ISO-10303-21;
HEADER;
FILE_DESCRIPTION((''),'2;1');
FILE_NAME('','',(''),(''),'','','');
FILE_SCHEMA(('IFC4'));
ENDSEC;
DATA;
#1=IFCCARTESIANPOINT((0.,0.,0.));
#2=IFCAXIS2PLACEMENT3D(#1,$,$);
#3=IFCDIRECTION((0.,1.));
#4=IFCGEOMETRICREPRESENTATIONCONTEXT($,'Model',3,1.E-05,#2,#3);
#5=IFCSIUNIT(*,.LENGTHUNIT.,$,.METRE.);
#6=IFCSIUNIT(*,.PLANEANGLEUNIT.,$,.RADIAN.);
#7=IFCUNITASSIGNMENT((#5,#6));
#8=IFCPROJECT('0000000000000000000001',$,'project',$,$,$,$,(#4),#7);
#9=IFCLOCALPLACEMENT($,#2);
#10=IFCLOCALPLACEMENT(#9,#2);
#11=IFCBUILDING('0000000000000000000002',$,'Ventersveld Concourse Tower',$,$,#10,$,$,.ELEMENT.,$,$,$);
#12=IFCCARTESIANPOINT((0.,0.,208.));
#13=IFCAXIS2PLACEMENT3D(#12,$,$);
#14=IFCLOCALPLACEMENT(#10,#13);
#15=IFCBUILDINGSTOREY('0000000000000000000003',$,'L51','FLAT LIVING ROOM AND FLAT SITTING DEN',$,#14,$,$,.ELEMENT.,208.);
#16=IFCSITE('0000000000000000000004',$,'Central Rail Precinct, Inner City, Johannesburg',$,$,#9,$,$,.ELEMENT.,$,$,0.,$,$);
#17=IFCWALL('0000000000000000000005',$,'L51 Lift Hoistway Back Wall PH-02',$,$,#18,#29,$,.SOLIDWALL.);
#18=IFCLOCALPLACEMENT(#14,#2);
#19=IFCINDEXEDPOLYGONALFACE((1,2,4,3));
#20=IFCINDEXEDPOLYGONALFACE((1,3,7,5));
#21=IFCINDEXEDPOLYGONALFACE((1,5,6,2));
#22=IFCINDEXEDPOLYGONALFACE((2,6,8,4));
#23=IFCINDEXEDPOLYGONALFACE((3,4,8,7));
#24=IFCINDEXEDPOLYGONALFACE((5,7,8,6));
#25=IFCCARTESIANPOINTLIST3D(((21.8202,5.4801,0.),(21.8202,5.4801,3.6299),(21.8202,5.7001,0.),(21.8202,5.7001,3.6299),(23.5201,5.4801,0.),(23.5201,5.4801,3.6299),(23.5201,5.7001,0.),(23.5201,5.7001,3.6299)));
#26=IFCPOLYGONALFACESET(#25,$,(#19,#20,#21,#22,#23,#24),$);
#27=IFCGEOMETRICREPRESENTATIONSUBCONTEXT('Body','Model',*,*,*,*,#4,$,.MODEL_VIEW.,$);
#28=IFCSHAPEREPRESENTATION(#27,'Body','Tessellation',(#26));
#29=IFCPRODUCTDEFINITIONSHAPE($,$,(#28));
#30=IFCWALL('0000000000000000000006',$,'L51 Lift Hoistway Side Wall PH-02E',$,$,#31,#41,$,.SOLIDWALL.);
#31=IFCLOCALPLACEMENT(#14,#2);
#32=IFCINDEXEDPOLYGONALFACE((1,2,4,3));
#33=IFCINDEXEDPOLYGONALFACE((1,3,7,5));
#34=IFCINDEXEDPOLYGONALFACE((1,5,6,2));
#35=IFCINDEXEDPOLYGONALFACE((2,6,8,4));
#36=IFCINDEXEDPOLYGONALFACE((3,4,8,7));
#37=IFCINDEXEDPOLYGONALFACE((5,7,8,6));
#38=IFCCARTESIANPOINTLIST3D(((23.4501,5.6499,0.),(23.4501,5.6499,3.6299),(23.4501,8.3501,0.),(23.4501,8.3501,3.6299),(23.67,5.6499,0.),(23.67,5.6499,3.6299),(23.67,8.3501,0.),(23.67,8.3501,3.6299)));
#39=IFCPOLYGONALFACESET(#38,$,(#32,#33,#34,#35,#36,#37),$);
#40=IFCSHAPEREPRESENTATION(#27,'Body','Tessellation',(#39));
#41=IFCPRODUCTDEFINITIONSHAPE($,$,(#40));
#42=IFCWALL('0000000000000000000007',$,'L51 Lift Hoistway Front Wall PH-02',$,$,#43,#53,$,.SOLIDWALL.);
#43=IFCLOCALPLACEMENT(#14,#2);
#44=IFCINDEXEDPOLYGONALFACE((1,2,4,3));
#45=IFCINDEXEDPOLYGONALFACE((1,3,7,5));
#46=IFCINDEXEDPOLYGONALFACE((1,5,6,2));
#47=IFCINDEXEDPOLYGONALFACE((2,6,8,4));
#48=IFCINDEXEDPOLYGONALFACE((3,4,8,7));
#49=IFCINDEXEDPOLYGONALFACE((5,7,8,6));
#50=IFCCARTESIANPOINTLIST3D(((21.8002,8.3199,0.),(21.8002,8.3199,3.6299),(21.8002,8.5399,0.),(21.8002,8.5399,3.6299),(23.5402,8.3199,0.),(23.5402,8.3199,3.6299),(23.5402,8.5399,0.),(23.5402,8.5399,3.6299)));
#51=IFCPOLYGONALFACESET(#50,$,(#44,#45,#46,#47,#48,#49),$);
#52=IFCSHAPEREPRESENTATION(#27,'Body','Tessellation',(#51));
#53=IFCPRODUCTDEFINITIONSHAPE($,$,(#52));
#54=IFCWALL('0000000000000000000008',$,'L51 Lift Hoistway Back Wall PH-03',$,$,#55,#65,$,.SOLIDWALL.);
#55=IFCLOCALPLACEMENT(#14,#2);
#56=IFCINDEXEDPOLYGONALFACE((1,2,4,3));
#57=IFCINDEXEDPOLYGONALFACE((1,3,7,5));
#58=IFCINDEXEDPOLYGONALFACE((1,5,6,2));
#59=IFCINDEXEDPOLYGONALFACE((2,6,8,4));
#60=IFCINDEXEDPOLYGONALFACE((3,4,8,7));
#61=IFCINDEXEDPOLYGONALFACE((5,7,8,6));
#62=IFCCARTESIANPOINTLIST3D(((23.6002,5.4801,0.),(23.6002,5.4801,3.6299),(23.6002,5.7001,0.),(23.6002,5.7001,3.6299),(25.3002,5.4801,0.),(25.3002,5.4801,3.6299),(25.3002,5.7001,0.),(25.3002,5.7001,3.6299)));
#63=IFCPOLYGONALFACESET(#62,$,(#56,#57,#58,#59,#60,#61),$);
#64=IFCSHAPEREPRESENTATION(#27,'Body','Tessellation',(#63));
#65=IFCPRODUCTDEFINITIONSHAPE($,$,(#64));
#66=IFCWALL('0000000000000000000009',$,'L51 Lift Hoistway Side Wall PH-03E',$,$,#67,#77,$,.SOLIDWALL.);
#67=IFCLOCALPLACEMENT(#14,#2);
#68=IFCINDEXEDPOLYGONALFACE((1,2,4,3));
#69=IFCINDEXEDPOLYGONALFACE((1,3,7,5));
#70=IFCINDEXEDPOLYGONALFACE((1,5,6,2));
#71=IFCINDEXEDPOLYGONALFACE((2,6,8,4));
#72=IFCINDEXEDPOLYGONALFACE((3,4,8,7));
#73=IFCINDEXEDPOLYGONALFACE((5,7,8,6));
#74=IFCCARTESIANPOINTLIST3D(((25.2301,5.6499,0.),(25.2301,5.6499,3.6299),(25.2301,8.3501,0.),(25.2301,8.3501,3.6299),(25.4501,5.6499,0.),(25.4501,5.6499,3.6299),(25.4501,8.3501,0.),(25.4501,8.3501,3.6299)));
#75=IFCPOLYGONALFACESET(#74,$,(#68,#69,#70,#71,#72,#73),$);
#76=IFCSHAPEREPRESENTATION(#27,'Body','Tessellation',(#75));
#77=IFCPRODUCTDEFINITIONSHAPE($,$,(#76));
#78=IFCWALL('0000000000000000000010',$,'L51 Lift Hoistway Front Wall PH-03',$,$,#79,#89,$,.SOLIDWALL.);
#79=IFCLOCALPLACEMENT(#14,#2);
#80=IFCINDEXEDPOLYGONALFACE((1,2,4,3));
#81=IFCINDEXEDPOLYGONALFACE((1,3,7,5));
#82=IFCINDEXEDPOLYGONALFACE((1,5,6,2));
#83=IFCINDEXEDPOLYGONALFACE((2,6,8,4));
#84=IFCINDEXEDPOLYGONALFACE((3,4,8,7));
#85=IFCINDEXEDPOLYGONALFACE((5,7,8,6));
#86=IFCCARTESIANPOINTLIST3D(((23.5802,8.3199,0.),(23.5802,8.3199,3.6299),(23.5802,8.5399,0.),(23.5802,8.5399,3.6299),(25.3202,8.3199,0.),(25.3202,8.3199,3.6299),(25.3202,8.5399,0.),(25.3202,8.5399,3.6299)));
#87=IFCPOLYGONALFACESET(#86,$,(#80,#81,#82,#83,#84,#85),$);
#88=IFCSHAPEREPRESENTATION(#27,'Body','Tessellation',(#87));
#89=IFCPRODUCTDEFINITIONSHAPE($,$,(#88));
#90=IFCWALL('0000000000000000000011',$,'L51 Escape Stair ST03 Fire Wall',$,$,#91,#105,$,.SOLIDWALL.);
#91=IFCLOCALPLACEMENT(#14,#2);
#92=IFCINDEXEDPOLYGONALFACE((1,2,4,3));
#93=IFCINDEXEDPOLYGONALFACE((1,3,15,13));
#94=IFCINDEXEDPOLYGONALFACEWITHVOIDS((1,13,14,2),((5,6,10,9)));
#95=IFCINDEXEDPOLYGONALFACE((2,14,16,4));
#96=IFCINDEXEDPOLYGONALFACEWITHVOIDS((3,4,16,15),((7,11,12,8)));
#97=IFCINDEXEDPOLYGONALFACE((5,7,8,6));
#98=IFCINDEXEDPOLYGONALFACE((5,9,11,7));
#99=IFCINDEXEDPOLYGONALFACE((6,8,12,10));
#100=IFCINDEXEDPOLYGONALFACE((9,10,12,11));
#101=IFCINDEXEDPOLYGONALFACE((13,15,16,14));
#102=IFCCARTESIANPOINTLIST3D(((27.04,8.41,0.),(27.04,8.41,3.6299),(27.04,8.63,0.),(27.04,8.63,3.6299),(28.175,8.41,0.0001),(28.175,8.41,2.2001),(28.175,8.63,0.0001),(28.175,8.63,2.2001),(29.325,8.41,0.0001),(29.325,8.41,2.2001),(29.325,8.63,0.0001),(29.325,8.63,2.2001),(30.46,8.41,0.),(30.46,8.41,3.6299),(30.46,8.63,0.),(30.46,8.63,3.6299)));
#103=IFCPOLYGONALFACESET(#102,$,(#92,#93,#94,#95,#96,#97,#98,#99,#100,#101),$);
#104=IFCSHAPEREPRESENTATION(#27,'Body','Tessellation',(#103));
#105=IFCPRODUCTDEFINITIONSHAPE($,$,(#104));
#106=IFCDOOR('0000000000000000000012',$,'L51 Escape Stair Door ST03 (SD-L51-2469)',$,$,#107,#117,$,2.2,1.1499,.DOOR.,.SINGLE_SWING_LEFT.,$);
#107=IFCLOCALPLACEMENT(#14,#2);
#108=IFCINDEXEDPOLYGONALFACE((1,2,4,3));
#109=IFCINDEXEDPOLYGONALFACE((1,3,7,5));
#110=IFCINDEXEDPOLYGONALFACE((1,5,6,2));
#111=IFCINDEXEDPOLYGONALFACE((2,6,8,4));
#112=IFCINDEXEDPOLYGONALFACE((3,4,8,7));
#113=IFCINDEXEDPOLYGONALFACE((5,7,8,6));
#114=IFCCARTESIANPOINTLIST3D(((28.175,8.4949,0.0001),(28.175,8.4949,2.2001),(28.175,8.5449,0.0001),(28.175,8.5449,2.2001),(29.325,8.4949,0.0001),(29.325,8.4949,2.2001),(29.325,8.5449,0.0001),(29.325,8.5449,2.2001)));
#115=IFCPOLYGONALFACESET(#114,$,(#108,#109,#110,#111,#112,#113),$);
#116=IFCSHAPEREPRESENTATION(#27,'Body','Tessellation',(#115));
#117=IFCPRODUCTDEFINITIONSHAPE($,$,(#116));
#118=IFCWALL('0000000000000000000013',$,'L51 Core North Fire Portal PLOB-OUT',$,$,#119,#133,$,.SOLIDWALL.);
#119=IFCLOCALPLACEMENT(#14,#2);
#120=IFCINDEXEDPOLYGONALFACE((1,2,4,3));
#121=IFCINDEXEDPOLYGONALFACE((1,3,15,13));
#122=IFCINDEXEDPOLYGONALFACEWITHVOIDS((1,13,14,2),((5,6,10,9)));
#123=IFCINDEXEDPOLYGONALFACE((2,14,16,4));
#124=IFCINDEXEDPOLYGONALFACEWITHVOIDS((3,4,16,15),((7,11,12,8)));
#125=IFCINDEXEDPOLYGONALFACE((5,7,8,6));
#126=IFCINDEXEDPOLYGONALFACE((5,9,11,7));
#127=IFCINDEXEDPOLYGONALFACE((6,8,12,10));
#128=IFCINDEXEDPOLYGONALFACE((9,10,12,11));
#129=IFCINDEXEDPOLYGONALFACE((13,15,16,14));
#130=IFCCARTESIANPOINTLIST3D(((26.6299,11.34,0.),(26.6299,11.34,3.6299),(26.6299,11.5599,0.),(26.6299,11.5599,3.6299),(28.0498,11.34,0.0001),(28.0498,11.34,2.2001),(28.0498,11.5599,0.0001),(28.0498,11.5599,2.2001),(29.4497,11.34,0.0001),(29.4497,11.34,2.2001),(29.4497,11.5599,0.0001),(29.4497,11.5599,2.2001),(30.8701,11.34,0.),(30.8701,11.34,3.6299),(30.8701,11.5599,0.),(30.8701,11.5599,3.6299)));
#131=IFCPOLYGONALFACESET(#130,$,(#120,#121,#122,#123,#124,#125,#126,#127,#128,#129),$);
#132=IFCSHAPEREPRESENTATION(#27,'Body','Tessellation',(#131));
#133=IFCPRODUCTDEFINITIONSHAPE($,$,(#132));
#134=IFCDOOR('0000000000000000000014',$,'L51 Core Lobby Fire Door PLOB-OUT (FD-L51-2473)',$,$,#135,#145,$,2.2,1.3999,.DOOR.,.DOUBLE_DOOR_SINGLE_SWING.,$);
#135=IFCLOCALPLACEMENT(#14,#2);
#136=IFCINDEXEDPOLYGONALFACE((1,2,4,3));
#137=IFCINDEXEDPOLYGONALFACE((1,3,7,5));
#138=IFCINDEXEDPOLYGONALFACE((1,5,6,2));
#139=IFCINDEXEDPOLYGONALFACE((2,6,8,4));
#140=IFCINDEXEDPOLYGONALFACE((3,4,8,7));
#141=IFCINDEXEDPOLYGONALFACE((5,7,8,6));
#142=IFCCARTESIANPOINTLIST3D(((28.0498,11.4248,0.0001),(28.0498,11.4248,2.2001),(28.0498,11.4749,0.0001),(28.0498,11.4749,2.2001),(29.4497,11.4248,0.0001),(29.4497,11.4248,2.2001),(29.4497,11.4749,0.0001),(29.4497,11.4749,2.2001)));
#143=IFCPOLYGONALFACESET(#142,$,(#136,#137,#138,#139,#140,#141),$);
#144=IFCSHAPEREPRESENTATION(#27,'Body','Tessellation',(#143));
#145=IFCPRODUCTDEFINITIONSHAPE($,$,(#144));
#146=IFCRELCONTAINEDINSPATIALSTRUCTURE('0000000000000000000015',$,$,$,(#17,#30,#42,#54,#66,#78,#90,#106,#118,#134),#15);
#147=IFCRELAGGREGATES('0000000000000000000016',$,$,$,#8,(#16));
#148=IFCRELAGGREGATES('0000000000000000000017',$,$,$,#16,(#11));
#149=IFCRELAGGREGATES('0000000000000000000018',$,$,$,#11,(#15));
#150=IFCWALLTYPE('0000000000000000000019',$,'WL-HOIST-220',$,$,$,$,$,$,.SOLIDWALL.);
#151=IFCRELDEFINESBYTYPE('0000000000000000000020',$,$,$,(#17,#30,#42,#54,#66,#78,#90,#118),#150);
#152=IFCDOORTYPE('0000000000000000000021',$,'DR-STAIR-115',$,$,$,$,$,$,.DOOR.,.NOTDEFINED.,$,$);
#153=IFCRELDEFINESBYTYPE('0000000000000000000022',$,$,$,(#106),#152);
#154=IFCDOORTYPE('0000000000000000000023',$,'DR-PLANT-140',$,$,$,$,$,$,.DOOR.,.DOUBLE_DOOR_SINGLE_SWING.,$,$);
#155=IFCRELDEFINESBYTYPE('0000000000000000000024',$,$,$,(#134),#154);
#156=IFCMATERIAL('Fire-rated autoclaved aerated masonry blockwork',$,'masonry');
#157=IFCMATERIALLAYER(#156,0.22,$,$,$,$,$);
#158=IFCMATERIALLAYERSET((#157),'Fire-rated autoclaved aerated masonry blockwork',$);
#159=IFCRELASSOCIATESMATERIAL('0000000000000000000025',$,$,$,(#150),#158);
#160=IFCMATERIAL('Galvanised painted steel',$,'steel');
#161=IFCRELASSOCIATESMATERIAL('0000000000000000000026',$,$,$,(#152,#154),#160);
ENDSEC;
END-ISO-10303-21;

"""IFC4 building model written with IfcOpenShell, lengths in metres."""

from ifc_helpers import new_model, si_unit, direction, frame, frame_2d, origin, place, context, subcontext, project, spatial, rectangle, extrude, material, layer, layer_set, type_object, element, fill, save


model = new_model("IFC4")

# Units and contexts
model_context = context("Model", 3, precision=1e-05, world=origin(), true_north=direction((0.0, 1.0)))
body_context = subcontext(model_context, "Body", "Model", "MODEL_VIEW")
ifc_project = project(units=[si_unit("LENGTHUNIT", "METRE"), si_unit("PLANEANGLEUNIT", "RADIAN")], contexts=[model_context])

# Site, building, storey
site_placement = place(None, origin())
site = spatial("IfcSite", under=ifc_project, at=site_placement, Name="Central Rail Precinct, Inner City, Johannesburg", CompositionType="ELEMENT", RefElevation=0.0)
building_placement = place(site_placement, origin())
building = spatial("IfcBuilding", under=site, at=building_placement, Name="Ventersveld Concourse Tower", CompositionType="ELEMENT")
storey_placement = place(building_placement, frame((0.0, 0.0, 208.0)))
storey = spatial("IfcBuildingStorey", under=building, at=storey_placement, Name="L51", Description="FLAT LIVING ROOM AND FLAT SITTING DEN", CompositionType="ELEMENT", Elevation=208.0)

# Shared definitions
ifc_material_1 = material(Name="Fire-rated autoclaved aerated masonry blockwork", Category="masonry")
ifc_material_2 = material(Name="Galvanised painted steel", Category="steel")

# Walls
ifc_layer_1 = layer(ifc_material_1, 0.22)
ifc_layer_set_1 = layer_set([ifc_layer_1], Name="Fire-rated autoclaved aerated masonry blockwork")
wall_type_1 = type_object("IfcWallType", Name="WL-HOIST-220", PredefinedType="SOLIDWALL", material=ifc_layer_set_1)
wall_1_placement = place(storey_placement, frame((21.8201, 5.5901, 0.0), z_axis=(0.0, 0.0, 1.0), x_axis=(1.0, 0.0, 0.0)))
element("IfcWall", 1, at=wall_1_placement, inside=storey, type_object=wall_type_1, Name="L51 Lift Hoistway Back Wall PH-02", PredefinedType="SOLIDWALL", context=body_context, shape_type="SweptSolid", body=[
    extrude(rectangle(XDim=1.7, YDim=0.22, at=frame_2d((0.8501, 0.0))), origin(), (0.0, 0.0, 1.0), 3.6299),
])
wall_2_placement = place(storey_placement, frame((23.5601, 5.6499, 0.0), z_axis=(0.0, 0.0, 1.0), x_axis=(0.0, 1.0, 0.0)))
element("IfcWall", 2, at=wall_2_placement, inside=storey, type_object=wall_type_1, Name="L51 Lift Hoistway Side Wall PH-02E", PredefinedType="SOLIDWALL", context=body_context, shape_type="SweptSolid", body=[
    extrude(rectangle(XDim=2.7002, YDim=0.22, at=frame_2d((1.3501, 0.0))), origin(), (0.0, 0.0, 1.0), 3.6299),
])
wall_3_placement = place(storey_placement, frame((21.8, 8.4299, 0.0), z_axis=(0.0, 0.0, 1.0), x_axis=(1.0, 0.0, 0.0)))
element("IfcWall", 3, at=wall_3_placement, inside=storey, type_object=wall_type_1, Name="L51 Lift Hoistway Front Wall PH-02", PredefinedType="SOLIDWALL", context=body_context, shape_type="SweptSolid", body=[
    extrude(rectangle(XDim=1.74, YDim=0.22, at=frame_2d((0.8701, 0.0))), origin(), (0.0, 0.0, 1.0), 3.6299),
])
wall_4_placement = place(storey_placement, frame((23.6001, 5.5901, 0.0), z_axis=(0.0, 0.0, 1.0), x_axis=(1.0, 0.0, 0.0)))
element("IfcWall", 4, at=wall_4_placement, inside=storey, type_object=wall_type_1, Name="L51 Lift Hoistway Back Wall PH-03", PredefinedType="SOLIDWALL", context=body_context, shape_type="SweptSolid", body=[
    extrude(rectangle(XDim=1.7, YDim=0.22, at=frame_2d((0.8501, 0.0))), origin(), (0.0, 0.0, 1.0), 3.6299),
])
wall_5_placement = place(storey_placement, frame((25.3401, 5.6499, 0.0), z_axis=(0.0, 0.0, 1.0), x_axis=(0.0, 1.0, 0.0)))
element("IfcWall", 5, at=wall_5_placement, inside=storey, type_object=wall_type_1, Name="L51 Lift Hoistway Side Wall PH-03E", PredefinedType="SOLIDWALL", context=body_context, shape_type="SweptSolid", body=[
    extrude(rectangle(XDim=2.7002, YDim=0.22, at=frame_2d((1.3501, 0.0))), origin(), (0.0, 0.0, 1.0), 3.6299),
])
wall_6_placement = place(storey_placement, frame((23.5801, 8.4299, 0.0), z_axis=(0.0, 0.0, 1.0), x_axis=(1.0, 0.0, 0.0)))
element("IfcWall", 6, at=wall_6_placement, inside=storey, type_object=wall_type_1, Name="L51 Lift Hoistway Front Wall PH-03", PredefinedType="SOLIDWALL", context=body_context, shape_type="SweptSolid", body=[
    extrude(rectangle(XDim=1.74, YDim=0.22, at=frame_2d((0.8701, 0.0))), origin(), (0.0, 0.0, 1.0), 3.6299),
])

# Walls, openings, doors
wall_7_placement = place(storey_placement, frame((27.04, 8.52, 0.0), z_axis=(0.0, 0.0, 1.0), x_axis=(1.0, 0.0, 0.0)))
wall_7 = element("IfcWall", 7, at=wall_7_placement, inside=storey, type_object=wall_type_1, Name="L51 Escape Stair ST03 Fire Wall", PredefinedType="SOLIDWALL", context=body_context, shape_type="SweptSolid", body=[
    extrude(rectangle(XDim=3.4199, YDim=0.22, at=frame_2d((1.71, 0.0))), origin(), (0.0, 0.0, 1.0), 3.6299),
])
opening_1_placement = place(wall_7_placement, frame((1.135, 0.0, 0.0)))
opening_1 = element("IfcOpeningElement", 8, at=opening_1_placement, cuts=wall_7, PredefinedType="OPENING", context=body_context, shape_type="SweptSolid", body=[
    extrude(rectangle(XDim=1.1499, YDim=2.2, at=frame_2d((0.575, 1.1001))), frame((0.0, 0.1201, 0.0), z_axis=(0.0, -1.0, 0.0), x_axis=(1.0, 0.0, 0.0)), (0.0, 0.0, 1.0), 0.24),
])
door_type_1 = type_object("IfcDoorType", Name="DR-STAIR-115", OperationType="NOTDEFINED", PredefinedType="DOOR", material=ifc_material_2)
door_1_placement = place(opening_1_placement, origin())
door_1 = element("IfcDoor", 9, at=door_1_placement, inside=storey, type_object=door_type_1, Name="L51 Escape Stair Door ST03 (SD-L51-2469)", OperationType="SINGLE_SWING_LEFT", OverallHeight=2.2, OverallWidth=1.1499, PredefinedType="DOOR", context=body_context, shape_type="SweptSolid", body=[
    extrude(rectangle(XDim=1.1499, YDim=2.2, at=frame_2d((0.575, 1.1001))), frame((0.0, 0.0249, 0.0), z_axis=(0.0, -1.0, 0.0), x_axis=(1.0, 0.0, 0.0)), (0.0, 0.0, 1.0), 0.05),
])
fill(opening_1, door_1)
wall_8_placement = place(storey_placement, frame((26.6299, 11.45, 0.0), z_axis=(0.0, 0.0, 1.0), x_axis=(1.0, 0.0, 0.0)))
wall_8 = element("IfcWall", 10, at=wall_8_placement, inside=storey, type_object=wall_type_1, Name="L51 Core North Fire Portal PLOB-OUT", PredefinedType="SOLIDWALL", context=body_context, shape_type="SweptSolid", body=[
    extrude(rectangle(XDim=4.2402, YDim=0.22, at=frame_2d((2.1201, 0.0))), origin(), (0.0, 0.0, 1.0), 3.6299),
])
opening_2_placement = place(wall_8_placement, frame((1.4199, 0.0, 0.0)))
opening_2 = element("IfcOpeningElement", 11, at=opening_2_placement, cuts=wall_8, PredefinedType="OPENING", context=body_context, shape_type="SweptSolid", body=[
    extrude(rectangle(XDim=1.3999, YDim=2.2, at=frame_2d((0.7, 1.1001))), frame((0.0, 0.1201, 0.0), z_axis=(0.0, -1.0, 0.0), x_axis=(1.0, 0.0, 0.0)), (0.0, 0.0, 1.0), 0.24),
])
door_type_2 = type_object("IfcDoorType", Name="DR-PLANT-140", OperationType="DOUBLE_DOOR_SINGLE_SWING", PredefinedType="DOOR", material=ifc_material_2)
door_2_placement = place(opening_2_placement, origin())
door_2 = element("IfcDoor", 12, at=door_2_placement, inside=storey, type_object=door_type_2, Name="L51 Core Lobby Fire Door PLOB-OUT (FD-L51-2473)", OperationType="DOUBLE_DOOR_SINGLE_SWING", OverallHeight=2.2, OverallWidth=1.3999, PredefinedType="DOOR", context=body_context, shape_type="SweptSolid", body=[
    extrude(rectangle(XDim=1.3999, YDim=2.2, at=frame_2d((0.7, 1.1001))), frame((0.0, 0.0249, 0.0), z_axis=(0.0, -1.0, 0.0), x_axis=(1.0, 0.0, 0.0)), (0.0, 0.0, 1.0), 0.05),
])
fill(opening_2, door_2)

save(model, "model.ifc")
